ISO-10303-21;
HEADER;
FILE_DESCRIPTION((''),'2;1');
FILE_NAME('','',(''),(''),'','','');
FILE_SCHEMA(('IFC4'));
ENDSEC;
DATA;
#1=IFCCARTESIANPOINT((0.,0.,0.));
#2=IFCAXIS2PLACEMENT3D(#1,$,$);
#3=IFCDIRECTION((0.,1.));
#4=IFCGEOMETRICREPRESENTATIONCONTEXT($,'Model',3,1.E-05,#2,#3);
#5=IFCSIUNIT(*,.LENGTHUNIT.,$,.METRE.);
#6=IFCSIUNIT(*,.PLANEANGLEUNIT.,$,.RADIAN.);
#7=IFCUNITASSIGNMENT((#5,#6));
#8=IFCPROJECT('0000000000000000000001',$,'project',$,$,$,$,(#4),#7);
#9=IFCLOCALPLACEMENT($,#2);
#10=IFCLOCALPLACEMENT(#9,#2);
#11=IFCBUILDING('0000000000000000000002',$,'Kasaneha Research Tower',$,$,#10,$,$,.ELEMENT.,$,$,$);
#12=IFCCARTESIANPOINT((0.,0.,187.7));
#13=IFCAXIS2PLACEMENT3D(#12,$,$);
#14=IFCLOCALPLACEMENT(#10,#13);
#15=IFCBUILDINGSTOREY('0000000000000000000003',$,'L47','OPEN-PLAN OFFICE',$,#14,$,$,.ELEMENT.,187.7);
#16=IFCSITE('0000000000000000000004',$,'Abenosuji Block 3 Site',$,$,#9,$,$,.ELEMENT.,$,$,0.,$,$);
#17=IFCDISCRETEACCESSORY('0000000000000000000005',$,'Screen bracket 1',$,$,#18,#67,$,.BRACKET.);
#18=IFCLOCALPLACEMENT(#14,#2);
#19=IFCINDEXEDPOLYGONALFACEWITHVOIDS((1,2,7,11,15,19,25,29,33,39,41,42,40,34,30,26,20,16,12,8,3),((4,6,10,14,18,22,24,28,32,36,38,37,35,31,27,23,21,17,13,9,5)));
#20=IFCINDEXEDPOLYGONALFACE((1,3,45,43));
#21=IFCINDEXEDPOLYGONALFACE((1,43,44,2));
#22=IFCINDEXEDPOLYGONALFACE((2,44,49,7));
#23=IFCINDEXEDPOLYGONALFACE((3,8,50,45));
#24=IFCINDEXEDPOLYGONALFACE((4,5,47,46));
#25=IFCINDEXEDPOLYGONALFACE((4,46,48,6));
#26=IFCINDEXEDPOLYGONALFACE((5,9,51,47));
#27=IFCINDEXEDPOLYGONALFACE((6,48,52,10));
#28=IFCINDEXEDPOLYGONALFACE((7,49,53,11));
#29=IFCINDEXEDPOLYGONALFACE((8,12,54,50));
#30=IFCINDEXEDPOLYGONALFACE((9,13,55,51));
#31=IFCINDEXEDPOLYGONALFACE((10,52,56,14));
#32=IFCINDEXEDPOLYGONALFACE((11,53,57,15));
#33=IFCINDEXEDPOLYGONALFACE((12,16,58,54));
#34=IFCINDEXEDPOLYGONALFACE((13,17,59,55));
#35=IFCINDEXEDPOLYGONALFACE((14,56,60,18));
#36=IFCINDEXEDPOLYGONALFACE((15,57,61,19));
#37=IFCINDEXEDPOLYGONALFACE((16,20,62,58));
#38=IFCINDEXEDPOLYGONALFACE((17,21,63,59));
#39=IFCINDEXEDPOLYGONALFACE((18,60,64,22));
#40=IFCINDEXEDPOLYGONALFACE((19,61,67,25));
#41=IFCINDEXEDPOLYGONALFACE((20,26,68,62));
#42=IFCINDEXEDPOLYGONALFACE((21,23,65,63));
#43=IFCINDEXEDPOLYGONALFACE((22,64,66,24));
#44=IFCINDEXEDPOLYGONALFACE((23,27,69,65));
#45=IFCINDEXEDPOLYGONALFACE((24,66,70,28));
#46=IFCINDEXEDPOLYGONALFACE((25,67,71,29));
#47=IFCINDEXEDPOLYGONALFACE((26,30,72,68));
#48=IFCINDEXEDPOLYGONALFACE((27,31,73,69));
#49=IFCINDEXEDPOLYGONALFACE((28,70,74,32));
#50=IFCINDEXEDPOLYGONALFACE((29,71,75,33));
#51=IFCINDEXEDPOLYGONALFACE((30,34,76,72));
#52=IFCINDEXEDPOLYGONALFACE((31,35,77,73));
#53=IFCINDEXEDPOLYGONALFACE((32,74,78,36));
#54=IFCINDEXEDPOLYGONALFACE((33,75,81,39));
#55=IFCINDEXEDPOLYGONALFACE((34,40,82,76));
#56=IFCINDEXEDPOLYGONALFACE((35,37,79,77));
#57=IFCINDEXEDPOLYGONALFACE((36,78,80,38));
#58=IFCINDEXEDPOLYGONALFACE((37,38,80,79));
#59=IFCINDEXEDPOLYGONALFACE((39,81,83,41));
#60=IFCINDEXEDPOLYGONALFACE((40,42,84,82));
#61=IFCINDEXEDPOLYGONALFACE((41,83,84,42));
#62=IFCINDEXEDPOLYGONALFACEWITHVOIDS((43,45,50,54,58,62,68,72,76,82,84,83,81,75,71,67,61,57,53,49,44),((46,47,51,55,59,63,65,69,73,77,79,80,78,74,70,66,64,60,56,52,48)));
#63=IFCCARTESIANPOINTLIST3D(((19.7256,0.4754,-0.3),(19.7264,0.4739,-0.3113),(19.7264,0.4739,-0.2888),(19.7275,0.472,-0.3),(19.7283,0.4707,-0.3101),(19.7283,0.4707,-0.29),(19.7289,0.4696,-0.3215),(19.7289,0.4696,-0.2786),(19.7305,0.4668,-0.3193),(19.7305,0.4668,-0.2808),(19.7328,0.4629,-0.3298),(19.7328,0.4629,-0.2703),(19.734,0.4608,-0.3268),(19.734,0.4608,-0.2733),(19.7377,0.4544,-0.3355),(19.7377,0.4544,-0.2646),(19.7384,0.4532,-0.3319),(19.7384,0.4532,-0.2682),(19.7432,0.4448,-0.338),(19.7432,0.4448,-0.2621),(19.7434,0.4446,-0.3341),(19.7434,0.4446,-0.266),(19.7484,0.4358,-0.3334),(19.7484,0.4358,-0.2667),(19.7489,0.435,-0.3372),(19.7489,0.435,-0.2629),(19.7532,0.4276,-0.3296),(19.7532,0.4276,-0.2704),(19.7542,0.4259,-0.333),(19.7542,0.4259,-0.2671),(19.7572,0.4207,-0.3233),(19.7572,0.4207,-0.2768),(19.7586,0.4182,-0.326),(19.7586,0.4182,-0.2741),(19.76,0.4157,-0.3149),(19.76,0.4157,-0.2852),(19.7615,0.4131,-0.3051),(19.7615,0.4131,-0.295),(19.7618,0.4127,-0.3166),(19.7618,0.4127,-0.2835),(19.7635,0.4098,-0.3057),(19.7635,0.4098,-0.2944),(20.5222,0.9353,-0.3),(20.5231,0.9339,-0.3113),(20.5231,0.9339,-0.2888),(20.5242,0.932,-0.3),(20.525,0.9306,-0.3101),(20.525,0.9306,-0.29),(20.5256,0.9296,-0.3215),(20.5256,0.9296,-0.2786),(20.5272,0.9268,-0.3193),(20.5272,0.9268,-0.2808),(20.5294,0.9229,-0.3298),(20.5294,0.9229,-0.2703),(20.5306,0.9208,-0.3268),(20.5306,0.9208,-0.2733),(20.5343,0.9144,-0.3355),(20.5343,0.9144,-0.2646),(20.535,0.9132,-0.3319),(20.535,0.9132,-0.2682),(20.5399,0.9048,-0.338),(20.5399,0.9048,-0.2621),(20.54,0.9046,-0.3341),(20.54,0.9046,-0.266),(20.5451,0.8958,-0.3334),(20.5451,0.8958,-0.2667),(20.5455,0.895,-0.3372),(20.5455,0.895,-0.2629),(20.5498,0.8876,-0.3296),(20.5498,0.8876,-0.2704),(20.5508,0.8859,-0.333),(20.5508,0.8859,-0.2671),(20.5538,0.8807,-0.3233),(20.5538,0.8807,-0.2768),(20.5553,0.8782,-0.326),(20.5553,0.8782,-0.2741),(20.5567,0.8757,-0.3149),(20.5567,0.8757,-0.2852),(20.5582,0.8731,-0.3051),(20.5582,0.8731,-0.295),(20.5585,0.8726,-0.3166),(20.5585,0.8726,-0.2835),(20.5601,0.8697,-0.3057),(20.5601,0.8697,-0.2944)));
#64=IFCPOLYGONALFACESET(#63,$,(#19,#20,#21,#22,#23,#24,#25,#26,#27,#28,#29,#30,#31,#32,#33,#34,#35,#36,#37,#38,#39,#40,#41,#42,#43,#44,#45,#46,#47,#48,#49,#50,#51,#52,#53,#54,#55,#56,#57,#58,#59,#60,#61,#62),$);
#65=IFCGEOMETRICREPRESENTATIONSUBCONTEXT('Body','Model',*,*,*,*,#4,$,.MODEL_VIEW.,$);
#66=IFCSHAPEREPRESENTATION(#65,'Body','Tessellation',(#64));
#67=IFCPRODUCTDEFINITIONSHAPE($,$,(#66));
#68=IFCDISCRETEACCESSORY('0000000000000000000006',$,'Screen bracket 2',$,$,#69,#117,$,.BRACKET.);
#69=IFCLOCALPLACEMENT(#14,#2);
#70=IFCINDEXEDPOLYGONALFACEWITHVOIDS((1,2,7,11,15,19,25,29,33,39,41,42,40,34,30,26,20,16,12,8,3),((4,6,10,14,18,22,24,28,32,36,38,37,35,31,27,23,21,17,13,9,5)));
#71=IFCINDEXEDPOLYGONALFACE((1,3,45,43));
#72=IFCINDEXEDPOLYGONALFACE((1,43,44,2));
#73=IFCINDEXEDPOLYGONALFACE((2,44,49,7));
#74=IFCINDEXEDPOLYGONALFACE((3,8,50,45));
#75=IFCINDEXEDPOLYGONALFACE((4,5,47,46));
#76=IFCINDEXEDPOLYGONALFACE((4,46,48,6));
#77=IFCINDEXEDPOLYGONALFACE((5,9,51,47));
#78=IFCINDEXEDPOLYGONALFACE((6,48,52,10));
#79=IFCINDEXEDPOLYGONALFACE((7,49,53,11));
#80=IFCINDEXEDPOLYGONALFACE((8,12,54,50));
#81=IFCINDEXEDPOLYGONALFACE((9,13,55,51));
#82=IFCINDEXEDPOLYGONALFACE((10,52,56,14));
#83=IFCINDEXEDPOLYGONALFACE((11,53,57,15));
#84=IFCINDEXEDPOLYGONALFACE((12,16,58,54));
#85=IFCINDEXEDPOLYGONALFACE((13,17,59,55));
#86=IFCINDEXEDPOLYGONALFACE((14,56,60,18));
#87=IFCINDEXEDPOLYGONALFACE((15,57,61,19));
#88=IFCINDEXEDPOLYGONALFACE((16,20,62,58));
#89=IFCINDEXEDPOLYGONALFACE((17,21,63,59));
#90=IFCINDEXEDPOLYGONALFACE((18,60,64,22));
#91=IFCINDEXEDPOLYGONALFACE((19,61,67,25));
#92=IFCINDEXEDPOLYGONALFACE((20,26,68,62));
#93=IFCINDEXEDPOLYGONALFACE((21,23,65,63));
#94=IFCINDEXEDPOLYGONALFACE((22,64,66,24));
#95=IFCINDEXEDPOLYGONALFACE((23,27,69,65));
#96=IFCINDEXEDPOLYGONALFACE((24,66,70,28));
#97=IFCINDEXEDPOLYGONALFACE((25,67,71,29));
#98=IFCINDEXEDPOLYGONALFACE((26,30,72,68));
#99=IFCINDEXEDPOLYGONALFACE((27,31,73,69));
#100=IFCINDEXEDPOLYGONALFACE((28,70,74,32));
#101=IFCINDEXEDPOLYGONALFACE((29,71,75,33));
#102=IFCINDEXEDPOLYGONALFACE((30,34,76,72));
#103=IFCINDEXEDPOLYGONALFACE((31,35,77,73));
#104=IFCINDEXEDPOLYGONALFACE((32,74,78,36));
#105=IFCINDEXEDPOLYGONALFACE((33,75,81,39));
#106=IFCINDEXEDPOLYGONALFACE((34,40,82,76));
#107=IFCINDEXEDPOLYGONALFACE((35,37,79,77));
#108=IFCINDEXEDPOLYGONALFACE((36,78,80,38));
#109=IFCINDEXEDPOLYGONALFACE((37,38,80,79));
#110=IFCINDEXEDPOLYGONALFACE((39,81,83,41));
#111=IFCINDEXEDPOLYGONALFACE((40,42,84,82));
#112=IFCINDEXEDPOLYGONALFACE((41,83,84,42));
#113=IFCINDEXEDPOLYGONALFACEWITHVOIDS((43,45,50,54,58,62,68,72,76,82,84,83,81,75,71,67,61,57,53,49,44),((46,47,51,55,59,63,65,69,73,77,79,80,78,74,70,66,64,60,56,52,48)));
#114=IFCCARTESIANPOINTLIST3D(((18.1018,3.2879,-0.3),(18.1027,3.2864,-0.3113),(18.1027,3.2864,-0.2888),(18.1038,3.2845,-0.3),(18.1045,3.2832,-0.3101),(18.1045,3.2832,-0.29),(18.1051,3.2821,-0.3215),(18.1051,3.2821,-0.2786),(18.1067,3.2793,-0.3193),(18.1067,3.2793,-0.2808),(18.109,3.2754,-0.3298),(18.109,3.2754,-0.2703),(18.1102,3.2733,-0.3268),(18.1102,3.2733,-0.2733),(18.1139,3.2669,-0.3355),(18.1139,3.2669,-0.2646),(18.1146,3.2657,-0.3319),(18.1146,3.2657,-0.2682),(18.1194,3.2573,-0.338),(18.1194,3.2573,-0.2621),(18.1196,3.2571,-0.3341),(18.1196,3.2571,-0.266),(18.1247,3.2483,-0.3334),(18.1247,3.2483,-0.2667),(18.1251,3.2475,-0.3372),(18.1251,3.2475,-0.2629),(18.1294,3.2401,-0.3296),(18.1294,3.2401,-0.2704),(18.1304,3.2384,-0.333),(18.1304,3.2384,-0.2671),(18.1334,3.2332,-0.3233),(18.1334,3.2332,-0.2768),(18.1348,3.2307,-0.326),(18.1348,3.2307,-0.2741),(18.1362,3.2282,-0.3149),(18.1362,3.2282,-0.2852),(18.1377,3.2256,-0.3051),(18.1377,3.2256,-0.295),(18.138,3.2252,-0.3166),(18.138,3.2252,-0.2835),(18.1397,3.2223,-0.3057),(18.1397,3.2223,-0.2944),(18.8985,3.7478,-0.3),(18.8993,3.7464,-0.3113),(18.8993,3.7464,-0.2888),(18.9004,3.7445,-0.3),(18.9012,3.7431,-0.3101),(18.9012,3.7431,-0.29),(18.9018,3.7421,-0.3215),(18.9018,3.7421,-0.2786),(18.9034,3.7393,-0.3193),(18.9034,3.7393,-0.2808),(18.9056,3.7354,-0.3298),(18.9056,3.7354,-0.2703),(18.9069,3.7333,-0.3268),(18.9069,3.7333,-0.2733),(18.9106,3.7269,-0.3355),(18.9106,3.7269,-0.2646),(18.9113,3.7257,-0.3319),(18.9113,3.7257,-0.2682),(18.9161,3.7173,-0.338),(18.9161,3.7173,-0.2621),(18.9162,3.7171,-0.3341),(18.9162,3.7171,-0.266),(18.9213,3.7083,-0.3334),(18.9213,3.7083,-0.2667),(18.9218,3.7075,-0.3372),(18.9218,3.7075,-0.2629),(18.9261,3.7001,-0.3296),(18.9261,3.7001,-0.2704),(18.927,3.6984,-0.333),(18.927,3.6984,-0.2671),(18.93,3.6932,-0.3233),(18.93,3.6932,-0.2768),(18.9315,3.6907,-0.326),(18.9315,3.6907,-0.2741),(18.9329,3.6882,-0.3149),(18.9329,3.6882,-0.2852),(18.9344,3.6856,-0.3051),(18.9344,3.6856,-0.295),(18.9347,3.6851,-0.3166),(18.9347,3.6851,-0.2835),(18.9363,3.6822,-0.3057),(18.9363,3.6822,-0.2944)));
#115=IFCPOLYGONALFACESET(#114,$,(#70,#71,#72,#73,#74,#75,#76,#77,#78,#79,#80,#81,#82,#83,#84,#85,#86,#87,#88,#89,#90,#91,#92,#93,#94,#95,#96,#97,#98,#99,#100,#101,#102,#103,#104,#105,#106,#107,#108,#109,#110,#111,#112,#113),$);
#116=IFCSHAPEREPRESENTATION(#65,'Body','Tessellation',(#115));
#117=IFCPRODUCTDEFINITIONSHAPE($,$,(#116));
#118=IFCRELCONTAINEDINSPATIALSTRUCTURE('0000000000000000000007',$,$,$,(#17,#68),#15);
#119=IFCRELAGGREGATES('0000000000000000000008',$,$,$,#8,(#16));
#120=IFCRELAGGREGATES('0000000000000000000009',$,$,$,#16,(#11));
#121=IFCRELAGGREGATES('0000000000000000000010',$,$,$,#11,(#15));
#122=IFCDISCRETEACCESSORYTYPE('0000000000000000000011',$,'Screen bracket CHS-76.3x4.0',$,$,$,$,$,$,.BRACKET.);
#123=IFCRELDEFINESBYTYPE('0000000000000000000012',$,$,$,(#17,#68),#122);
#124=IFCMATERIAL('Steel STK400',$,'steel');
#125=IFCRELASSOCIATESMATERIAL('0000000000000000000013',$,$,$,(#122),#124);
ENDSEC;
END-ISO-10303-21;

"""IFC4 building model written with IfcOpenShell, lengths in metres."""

from ifc_helpers import new_model, si_unit, direction, frame, origin, origin_2d, place, context, subcontext, project, spatial, hollow_circle, extrude, material, material_profile, profile_set, type_object, element, save


model = new_model("IFC4")

# Units and contexts
model_context = context("Model", 3, precision=1e-05, world=origin(), true_north=direction((0.0, 1.0)))
body_context = subcontext(model_context, "Body", "Model", "MODEL_VIEW")
ifc_project = project(units=[si_unit("LENGTHUNIT", "METRE"), si_unit("PLANEANGLEUNIT", "RADIAN")], contexts=[model_context])

# Site, building, storey
site_placement = place(None, origin())
site = spatial("IfcSite", under=ifc_project, at=site_placement, Name="Abenosuji Block 3 Site", CompositionType="ELEMENT", RefElevation=0.0)
building_placement = place(site_placement, origin())
building = spatial("IfcBuilding", under=site, at=building_placement, Name="Kasaneha Research Tower", CompositionType="ELEMENT")
storey_placement = place(building_placement, frame((0.0, 0.0, 187.7)))
storey = spatial("IfcBuildingStorey", under=building, at=storey_placement, Name="L47", Description="OPEN-PLAN OFFICE", CompositionType="ELEMENT", Elevation=187.7)

# Discrete accessories
ifc_material_1 = material(Name="Steel STK400", Category="steel")
ifc_material_profile_1 = material_profile(ifc_material_1, hollow_circle(Radius=0.0381, WallThickness=0.0039, at=origin_2d()), Name="CHS-76.3x4.0")
ifc_profile_set_1 = profile_set([ifc_material_profile_1], Name="Steel STK400")
discrete_accessory_type = type_object("IfcDiscreteAccessoryType", Name="Screen bracket CHS-76.3x4.0", PredefinedType="BRACKET", material=ifc_profile_set_1)
for number, where, z_axis, x_axis, name in (
    (1, (19.7446, 0.4424, -0.3), (0.866013, 0.500021, 0.0), (-0.500021, 0.866013, 0.0), "Screen bracket 1"),
    (2, (18.1208, 3.2549, -0.3), (0.866013, 0.500021, 0.0), (-0.500021, 0.866013, 0.0), "Screen bracket 2"),
):
    element("IfcDiscreteAccessory", number, at=place(storey_placement, frame(where, z_axis=z_axis, x_axis=x_axis)), inside=storey, type_object=discrete_accessory_type, Name=name, PredefinedType="BRACKET", context=body_context, shape_type="SweptSolid", body=[
        extrude(hollow_circle(Radius=0.0381, WallThickness=0.0039, at=origin_2d()), origin(), (0.0, 0.0, 1.0), 0.9199),
    ])

save(model, "model.ifc")
